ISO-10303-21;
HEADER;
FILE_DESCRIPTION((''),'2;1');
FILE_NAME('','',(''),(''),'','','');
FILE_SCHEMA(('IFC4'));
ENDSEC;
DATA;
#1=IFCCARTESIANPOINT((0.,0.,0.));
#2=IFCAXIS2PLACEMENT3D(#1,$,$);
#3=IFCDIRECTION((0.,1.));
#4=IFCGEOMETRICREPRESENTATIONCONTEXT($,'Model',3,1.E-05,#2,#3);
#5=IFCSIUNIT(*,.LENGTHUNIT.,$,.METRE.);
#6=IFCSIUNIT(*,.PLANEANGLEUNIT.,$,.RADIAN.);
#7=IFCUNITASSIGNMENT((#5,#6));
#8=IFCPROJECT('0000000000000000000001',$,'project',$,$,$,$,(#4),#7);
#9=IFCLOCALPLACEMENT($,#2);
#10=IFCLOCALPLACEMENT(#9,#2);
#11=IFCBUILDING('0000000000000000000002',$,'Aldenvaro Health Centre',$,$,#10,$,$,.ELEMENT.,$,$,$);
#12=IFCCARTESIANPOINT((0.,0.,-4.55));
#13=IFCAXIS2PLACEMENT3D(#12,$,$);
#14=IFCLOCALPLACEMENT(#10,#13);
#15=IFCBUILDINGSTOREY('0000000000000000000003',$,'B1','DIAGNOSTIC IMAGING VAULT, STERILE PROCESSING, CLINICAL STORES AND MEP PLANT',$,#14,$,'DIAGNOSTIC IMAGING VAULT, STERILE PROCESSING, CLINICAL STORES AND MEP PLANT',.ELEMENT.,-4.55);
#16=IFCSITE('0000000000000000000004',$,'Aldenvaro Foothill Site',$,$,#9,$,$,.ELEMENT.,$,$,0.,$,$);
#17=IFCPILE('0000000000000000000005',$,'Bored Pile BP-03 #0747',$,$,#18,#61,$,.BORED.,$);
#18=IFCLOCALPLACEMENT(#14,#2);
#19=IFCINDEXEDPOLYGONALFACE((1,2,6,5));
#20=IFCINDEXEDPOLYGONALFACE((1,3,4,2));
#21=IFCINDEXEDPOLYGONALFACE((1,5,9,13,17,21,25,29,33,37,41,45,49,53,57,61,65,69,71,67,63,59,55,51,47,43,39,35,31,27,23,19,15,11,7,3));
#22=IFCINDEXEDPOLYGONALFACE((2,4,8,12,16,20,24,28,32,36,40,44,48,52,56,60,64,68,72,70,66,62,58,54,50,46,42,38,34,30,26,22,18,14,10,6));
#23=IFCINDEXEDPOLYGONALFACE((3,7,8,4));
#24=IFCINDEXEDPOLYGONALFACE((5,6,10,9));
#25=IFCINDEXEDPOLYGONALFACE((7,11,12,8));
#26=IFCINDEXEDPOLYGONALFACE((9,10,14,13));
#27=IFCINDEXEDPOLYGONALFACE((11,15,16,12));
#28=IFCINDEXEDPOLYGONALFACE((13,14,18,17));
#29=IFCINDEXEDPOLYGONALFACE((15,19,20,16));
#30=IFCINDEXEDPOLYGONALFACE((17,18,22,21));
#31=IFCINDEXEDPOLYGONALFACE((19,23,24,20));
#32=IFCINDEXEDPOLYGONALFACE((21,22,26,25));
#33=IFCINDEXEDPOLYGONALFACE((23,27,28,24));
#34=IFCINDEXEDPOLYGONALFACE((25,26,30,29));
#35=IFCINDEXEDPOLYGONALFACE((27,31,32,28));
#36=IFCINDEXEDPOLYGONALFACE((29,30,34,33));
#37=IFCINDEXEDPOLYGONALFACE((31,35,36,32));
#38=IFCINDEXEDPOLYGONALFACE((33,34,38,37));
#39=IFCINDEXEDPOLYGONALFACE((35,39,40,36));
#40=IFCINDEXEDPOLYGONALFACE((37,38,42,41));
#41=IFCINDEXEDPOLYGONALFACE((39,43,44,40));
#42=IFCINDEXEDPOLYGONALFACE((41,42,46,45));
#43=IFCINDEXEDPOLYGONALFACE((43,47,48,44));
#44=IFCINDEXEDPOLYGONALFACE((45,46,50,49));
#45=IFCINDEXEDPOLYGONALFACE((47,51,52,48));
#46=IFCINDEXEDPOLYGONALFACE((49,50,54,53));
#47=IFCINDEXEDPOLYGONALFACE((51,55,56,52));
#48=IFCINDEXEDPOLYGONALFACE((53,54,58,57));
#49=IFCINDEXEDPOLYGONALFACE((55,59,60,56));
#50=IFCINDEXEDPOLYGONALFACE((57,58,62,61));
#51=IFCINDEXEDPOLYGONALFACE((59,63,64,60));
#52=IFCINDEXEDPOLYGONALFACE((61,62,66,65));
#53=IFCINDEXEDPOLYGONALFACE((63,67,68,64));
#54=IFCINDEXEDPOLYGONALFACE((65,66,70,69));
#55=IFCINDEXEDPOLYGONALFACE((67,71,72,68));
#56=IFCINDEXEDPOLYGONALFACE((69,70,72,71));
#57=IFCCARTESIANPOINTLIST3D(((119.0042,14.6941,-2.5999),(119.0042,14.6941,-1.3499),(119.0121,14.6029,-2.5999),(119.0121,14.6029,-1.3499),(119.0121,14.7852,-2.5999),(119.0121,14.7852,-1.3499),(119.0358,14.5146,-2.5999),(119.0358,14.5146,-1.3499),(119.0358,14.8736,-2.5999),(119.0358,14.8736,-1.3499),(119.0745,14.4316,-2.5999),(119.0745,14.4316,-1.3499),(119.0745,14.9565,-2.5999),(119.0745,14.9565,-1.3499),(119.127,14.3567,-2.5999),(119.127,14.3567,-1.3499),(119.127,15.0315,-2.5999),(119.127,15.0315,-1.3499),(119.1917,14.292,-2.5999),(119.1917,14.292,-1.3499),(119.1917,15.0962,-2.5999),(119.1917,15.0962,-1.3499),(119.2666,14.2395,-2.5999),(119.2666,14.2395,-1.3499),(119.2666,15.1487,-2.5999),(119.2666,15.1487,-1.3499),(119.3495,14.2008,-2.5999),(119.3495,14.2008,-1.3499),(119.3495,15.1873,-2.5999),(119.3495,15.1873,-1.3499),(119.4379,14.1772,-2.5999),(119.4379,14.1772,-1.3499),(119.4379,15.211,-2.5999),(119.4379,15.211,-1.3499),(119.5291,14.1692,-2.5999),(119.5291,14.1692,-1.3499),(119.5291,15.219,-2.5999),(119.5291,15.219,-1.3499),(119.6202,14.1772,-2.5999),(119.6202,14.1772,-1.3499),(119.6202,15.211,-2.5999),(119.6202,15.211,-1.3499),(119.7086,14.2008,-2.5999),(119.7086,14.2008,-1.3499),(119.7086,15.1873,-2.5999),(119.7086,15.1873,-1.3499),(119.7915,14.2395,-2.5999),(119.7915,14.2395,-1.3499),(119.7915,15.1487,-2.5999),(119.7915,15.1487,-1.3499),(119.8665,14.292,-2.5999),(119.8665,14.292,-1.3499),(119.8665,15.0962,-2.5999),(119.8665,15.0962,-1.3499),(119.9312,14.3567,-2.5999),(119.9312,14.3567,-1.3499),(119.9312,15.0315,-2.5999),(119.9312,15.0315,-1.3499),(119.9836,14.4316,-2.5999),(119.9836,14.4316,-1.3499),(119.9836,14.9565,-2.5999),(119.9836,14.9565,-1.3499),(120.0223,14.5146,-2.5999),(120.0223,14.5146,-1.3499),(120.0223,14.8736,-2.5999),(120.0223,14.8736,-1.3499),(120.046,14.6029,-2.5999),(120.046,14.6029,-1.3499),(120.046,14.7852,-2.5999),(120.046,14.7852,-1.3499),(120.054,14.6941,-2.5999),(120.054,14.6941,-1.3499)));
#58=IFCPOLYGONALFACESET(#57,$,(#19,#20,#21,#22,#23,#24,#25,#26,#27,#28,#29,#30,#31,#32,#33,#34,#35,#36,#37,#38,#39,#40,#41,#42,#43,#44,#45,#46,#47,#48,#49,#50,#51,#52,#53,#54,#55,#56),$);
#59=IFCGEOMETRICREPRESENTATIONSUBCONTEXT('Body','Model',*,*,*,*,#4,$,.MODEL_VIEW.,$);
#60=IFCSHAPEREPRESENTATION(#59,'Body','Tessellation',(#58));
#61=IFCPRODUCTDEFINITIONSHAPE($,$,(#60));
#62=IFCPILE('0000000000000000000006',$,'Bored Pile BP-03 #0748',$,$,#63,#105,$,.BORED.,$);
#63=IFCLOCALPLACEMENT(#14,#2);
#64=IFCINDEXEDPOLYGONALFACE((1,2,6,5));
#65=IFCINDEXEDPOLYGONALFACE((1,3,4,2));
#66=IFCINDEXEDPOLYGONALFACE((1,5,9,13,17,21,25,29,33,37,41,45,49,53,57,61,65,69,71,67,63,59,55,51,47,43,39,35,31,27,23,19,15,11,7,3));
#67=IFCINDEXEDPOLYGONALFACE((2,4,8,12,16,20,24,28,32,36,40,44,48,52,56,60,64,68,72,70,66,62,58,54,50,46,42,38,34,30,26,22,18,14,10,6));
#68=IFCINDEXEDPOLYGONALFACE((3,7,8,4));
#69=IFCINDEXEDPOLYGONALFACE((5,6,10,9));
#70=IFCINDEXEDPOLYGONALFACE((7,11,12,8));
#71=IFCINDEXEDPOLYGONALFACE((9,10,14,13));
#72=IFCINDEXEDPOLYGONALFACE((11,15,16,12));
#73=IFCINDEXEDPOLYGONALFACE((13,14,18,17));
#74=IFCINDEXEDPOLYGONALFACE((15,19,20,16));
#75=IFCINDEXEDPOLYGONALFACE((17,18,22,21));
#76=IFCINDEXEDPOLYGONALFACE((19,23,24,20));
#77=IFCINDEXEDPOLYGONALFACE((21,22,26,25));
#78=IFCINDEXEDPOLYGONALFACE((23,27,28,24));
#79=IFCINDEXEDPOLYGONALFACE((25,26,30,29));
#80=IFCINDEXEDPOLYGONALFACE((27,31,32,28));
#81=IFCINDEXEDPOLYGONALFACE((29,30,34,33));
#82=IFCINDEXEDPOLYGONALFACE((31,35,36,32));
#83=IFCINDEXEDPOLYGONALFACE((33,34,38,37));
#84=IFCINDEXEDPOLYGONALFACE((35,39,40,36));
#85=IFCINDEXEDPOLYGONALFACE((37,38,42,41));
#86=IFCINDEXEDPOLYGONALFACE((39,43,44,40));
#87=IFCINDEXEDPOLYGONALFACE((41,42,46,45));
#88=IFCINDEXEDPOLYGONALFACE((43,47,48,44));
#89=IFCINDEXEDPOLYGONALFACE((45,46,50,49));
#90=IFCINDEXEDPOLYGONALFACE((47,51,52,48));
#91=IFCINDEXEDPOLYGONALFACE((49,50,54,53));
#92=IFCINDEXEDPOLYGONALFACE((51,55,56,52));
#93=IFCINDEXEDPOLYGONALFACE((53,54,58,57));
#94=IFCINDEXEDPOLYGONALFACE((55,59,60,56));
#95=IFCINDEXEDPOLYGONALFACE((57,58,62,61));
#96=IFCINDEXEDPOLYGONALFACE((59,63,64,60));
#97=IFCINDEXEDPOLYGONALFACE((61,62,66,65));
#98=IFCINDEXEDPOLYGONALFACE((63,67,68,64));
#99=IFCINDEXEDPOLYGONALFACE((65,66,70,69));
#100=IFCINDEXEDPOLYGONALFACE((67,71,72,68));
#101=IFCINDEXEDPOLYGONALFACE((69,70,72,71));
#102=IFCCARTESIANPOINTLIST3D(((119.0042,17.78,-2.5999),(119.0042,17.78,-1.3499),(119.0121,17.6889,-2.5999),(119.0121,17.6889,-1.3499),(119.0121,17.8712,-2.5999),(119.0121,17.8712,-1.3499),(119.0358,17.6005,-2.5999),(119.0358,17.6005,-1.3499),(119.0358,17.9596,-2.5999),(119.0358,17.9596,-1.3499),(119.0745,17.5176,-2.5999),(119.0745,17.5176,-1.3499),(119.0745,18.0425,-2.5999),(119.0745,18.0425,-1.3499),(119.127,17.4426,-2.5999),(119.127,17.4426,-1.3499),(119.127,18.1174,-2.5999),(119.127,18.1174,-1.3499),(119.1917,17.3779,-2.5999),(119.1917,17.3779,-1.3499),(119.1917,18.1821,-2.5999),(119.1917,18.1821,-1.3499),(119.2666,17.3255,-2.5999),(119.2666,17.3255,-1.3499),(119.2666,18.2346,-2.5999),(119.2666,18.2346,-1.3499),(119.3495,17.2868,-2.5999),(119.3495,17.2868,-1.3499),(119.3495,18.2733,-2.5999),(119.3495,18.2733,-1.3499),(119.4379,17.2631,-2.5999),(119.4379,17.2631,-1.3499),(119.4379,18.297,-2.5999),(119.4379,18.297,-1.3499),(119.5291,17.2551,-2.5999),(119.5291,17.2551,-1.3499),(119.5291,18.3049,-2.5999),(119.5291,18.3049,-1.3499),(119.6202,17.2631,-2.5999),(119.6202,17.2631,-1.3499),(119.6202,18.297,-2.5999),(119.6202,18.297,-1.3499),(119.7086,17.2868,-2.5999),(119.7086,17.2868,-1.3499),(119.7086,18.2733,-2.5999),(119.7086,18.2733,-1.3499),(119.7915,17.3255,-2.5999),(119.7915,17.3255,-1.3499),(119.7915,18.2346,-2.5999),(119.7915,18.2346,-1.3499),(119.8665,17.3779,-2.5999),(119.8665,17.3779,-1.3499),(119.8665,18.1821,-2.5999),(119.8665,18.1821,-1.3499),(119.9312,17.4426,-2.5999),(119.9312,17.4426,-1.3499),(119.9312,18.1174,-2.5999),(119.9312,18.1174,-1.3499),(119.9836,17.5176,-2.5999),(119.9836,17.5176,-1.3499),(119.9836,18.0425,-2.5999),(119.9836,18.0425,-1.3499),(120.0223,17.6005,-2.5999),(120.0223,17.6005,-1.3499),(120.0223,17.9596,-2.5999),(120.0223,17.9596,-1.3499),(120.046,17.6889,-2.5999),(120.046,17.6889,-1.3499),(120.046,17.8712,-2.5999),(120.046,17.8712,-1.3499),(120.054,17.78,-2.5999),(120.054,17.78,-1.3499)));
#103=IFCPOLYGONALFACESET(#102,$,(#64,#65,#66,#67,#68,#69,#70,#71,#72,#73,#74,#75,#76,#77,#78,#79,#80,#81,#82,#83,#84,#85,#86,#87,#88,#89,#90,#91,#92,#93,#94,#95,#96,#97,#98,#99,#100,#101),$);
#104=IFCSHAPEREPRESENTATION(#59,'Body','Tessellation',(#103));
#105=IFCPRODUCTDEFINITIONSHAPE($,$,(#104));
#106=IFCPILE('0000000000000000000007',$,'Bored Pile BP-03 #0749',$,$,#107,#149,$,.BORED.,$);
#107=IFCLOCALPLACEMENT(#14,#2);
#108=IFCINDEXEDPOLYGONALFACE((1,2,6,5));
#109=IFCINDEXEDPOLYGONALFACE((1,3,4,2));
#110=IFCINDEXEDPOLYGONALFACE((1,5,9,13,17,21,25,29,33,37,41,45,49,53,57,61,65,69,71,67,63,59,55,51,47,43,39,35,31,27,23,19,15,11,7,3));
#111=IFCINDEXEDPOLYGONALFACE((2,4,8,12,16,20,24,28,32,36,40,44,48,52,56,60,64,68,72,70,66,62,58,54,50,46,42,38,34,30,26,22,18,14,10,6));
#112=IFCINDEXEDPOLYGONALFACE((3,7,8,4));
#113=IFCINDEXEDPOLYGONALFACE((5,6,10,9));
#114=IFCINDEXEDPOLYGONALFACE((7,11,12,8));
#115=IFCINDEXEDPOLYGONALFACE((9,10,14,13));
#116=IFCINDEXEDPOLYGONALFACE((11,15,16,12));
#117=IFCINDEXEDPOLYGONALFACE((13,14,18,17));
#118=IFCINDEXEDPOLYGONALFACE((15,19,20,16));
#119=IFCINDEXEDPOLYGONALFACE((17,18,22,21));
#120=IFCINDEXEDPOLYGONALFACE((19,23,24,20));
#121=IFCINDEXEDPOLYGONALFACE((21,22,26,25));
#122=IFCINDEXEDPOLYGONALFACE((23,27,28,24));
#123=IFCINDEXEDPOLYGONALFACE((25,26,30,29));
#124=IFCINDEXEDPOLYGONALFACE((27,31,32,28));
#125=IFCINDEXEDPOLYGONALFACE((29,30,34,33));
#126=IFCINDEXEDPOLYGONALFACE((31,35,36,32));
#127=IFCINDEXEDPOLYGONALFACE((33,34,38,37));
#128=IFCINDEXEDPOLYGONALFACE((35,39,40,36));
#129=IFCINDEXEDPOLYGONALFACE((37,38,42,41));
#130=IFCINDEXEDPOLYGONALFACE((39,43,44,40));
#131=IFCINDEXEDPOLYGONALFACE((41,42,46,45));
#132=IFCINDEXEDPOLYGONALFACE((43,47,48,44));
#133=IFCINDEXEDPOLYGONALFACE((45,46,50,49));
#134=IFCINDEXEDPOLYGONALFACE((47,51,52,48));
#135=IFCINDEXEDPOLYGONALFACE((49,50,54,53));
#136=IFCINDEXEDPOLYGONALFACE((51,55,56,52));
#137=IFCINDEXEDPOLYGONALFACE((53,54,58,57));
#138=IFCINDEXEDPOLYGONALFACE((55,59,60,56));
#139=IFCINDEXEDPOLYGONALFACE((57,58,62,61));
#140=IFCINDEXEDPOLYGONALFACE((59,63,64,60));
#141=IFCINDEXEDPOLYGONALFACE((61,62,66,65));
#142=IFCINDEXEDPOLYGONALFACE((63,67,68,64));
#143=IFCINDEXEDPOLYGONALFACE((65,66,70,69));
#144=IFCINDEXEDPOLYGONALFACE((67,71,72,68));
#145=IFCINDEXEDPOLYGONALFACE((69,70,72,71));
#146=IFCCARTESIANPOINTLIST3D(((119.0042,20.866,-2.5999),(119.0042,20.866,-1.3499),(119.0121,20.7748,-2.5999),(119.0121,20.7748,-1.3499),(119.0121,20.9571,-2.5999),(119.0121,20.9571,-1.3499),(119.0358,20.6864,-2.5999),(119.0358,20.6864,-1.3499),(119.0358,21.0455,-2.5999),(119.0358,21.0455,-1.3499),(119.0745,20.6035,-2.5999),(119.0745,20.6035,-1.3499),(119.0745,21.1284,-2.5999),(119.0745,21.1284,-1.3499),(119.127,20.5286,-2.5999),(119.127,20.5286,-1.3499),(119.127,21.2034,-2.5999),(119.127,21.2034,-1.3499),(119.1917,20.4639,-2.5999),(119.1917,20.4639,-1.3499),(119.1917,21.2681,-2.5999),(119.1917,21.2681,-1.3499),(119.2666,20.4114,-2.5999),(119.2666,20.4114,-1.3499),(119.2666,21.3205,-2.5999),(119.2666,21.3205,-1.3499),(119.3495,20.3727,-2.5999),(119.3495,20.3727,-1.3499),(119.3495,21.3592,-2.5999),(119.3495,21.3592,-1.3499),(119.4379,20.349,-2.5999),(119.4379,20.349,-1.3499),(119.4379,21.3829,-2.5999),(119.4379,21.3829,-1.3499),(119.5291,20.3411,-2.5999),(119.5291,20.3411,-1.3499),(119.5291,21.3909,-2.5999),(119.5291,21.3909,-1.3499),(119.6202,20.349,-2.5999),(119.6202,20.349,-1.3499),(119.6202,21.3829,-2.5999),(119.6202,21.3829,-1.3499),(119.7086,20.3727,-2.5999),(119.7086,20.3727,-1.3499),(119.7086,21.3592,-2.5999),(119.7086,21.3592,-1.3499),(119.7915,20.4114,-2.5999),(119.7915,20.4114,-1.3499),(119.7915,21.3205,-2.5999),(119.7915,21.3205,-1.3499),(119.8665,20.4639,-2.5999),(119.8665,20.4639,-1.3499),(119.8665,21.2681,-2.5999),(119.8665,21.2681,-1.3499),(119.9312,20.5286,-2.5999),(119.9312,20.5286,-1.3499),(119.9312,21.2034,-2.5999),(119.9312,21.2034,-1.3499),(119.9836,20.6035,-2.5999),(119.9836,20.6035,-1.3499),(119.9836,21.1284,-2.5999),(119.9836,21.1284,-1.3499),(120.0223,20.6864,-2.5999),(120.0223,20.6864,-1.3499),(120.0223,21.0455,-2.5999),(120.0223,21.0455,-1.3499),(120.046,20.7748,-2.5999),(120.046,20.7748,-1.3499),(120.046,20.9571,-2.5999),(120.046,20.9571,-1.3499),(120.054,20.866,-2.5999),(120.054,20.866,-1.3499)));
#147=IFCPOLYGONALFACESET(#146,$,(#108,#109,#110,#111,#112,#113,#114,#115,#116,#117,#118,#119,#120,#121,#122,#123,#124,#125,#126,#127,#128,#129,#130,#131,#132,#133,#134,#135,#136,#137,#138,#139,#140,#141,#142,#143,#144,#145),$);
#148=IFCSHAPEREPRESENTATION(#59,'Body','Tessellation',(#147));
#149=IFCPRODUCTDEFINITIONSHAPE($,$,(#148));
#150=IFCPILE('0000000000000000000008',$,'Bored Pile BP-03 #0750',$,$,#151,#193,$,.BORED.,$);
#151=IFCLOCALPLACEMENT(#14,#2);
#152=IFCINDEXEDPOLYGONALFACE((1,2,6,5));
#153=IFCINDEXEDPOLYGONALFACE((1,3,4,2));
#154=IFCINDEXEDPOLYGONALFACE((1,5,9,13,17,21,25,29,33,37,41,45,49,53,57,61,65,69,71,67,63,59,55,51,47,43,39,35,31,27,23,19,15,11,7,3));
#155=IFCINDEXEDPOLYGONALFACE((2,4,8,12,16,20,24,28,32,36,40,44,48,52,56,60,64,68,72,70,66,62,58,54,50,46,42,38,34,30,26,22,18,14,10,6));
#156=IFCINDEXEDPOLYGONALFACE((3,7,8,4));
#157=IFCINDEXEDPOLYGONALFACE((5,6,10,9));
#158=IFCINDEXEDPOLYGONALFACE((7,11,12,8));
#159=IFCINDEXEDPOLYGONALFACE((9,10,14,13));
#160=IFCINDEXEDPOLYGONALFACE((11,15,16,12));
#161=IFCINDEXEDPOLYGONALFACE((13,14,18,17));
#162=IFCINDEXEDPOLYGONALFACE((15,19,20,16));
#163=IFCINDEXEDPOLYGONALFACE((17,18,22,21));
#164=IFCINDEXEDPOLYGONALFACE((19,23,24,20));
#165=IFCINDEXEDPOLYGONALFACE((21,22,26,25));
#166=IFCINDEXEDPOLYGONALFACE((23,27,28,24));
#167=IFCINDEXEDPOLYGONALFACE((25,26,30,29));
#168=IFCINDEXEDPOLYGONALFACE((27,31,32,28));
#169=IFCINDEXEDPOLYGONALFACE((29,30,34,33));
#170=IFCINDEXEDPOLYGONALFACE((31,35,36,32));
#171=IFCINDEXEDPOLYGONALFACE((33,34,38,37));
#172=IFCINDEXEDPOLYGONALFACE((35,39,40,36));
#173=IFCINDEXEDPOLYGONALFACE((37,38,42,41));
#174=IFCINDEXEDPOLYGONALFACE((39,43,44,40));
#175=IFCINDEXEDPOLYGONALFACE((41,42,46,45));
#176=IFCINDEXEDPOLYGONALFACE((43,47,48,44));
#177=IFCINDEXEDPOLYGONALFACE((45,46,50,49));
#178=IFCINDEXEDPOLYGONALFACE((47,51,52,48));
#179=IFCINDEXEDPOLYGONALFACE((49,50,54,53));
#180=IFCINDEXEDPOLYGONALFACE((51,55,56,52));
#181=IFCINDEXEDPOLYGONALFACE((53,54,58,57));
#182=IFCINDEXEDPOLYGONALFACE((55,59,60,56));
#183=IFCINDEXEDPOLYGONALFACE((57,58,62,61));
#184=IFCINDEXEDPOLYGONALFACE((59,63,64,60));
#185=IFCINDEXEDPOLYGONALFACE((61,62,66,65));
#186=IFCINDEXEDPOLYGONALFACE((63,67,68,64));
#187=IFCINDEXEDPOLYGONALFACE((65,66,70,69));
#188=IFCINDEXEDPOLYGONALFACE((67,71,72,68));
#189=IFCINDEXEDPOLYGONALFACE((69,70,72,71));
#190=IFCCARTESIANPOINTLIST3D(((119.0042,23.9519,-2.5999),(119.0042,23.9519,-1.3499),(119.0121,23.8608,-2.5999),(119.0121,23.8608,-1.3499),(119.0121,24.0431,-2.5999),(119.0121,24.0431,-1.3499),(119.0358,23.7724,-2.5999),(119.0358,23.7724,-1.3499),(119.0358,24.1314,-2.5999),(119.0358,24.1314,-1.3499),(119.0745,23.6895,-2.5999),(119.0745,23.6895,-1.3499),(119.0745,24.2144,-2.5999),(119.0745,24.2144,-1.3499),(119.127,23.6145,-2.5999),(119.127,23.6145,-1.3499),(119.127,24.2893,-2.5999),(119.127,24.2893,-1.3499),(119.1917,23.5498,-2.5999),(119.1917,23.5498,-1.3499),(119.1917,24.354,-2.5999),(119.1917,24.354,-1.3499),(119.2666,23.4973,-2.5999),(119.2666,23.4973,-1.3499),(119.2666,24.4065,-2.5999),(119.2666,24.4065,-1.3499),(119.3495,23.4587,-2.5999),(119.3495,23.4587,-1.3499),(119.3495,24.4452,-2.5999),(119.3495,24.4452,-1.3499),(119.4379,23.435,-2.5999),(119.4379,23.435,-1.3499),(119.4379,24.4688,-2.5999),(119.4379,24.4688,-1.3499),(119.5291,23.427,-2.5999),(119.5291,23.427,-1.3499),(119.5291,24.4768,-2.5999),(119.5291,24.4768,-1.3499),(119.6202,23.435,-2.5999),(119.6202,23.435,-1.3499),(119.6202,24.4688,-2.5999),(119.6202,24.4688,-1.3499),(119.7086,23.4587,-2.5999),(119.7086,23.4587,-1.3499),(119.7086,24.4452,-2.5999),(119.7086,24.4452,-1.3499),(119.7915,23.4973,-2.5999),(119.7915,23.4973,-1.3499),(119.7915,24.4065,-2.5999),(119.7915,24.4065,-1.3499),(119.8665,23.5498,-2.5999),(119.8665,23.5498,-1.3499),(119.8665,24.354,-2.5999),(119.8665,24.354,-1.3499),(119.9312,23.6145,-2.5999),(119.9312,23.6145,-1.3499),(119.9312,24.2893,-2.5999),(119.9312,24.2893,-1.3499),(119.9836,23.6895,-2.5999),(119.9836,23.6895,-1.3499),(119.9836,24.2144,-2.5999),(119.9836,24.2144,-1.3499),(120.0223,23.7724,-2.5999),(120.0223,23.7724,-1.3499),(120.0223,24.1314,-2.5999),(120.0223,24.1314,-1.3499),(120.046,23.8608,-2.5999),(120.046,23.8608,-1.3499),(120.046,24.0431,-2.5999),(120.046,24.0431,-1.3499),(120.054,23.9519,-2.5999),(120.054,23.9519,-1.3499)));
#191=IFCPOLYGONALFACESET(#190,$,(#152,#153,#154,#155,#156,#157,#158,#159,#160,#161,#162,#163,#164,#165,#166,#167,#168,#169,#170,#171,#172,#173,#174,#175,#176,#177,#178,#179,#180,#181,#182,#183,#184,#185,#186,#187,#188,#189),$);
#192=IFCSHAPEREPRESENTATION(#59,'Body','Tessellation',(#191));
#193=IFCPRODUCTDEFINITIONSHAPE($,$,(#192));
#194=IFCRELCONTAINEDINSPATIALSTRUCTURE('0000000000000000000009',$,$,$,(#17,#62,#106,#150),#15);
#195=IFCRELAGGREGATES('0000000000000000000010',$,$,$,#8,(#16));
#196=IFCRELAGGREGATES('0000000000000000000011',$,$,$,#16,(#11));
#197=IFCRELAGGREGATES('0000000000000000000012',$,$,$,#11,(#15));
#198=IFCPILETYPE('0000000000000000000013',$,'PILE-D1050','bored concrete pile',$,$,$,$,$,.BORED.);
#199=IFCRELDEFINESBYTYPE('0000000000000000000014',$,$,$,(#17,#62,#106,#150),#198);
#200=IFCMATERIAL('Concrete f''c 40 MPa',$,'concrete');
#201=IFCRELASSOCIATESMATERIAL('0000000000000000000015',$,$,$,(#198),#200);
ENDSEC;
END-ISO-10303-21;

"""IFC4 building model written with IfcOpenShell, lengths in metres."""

from ifc_helpers import new_model, si_unit, direction, frame, origin, origin_2d, place, context, subcontext, project, spatial, circle, extrude, material, material_profile, profile_set, type_object, element, save


model = new_model("IFC4")

# Units and contexts
model_context = context("Model", 3, precision=1e-05, world=origin(), true_north=direction((0.0, 1.0)))
body_context = subcontext(model_context, "Body", "Model", "MODEL_VIEW")
ifc_project = project(units=[si_unit("LENGTHUNIT", "METRE"), si_unit("PLANEANGLEUNIT", "RADIAN")], contexts=[model_context])

# Site, building, storey
site_placement = place(None, origin())
site = spatial("IfcSite", under=ifc_project, at=site_placement, Name="Aldenvaro Foothill Site", CompositionType="ELEMENT", RefElevation=0.0)
building_placement = place(site_placement, origin())
building = spatial("IfcBuilding", under=site, at=building_placement, Name="Aldenvaro Health Centre", CompositionType="ELEMENT")
storey_placement = place(building_placement, frame((0.0, 0.0, -4.55)))
storey = spatial("IfcBuildingStorey", under=building, at=storey_placement, Name="B1", Description="DIAGNOSTIC IMAGING VAULT, STERILE PROCESSING, CLINICAL STORES AND MEP PLANT", LongName="DIAGNOSTIC IMAGING VAULT, STERILE PROCESSING, CLINICAL STORES AND MEP PLANT", CompositionType="ELEMENT", Elevation=-4.55)

# Piles
ifc_material_1 = material(Name="Concrete f'c 40 MPa", Category="concrete")
ifc_material_profile_1 = material_profile(ifc_material_1, circle(Radius=0.5249, at=origin_2d()), Name="PILE D1050", Category="concrete")
ifc_profile_set_1 = profile_set([ifc_material_profile_1], Name="Concrete f'c 40 MPa")
pile_type = type_object("IfcPileType", Name="PILE-D1050", Description="bored concrete pile", PredefinedType="BORED", material=ifc_profile_set_1)
for number, where, z_axis, x_axis, name in (
    (1, (119.5291, 14.6941, -1.3499), (0.0, 0.0, -1.0), (1.0, 0.0, 0.0), "Bored Pile BP-03 #0747"),
    (2, (119.5291, 17.78, -1.3499), (0.0, 0.0, -1.0), (1.0, 0.0, 0.0), "Bored Pile BP-03 #0748"),
    (3, (119.5291, 20.866, -1.3499), (0.0, 0.0, -1.0), (1.0, 0.0, 0.0), "Bored Pile BP-03 #0749"),
    (4, (119.5291, 23.9519, -1.3499), (0.0, 0.0, -1.0), (1.0, 0.0, 0.0), "Bored Pile BP-03 #0750"),
):
    element("IfcPile", number, at=place(storey_placement, frame(where, z_axis=z_axis, x_axis=x_axis)), inside=storey, type_object=pile_type, Name=name, PredefinedType="BORED", context=body_context, shape_type="SweptSolid", body=[
        extrude(circle(Radius=0.5249, at=origin_2d()), origin(), (0.0, 0.0, 1.0), 1.25),
    ])

save(model, "model.ifc")
